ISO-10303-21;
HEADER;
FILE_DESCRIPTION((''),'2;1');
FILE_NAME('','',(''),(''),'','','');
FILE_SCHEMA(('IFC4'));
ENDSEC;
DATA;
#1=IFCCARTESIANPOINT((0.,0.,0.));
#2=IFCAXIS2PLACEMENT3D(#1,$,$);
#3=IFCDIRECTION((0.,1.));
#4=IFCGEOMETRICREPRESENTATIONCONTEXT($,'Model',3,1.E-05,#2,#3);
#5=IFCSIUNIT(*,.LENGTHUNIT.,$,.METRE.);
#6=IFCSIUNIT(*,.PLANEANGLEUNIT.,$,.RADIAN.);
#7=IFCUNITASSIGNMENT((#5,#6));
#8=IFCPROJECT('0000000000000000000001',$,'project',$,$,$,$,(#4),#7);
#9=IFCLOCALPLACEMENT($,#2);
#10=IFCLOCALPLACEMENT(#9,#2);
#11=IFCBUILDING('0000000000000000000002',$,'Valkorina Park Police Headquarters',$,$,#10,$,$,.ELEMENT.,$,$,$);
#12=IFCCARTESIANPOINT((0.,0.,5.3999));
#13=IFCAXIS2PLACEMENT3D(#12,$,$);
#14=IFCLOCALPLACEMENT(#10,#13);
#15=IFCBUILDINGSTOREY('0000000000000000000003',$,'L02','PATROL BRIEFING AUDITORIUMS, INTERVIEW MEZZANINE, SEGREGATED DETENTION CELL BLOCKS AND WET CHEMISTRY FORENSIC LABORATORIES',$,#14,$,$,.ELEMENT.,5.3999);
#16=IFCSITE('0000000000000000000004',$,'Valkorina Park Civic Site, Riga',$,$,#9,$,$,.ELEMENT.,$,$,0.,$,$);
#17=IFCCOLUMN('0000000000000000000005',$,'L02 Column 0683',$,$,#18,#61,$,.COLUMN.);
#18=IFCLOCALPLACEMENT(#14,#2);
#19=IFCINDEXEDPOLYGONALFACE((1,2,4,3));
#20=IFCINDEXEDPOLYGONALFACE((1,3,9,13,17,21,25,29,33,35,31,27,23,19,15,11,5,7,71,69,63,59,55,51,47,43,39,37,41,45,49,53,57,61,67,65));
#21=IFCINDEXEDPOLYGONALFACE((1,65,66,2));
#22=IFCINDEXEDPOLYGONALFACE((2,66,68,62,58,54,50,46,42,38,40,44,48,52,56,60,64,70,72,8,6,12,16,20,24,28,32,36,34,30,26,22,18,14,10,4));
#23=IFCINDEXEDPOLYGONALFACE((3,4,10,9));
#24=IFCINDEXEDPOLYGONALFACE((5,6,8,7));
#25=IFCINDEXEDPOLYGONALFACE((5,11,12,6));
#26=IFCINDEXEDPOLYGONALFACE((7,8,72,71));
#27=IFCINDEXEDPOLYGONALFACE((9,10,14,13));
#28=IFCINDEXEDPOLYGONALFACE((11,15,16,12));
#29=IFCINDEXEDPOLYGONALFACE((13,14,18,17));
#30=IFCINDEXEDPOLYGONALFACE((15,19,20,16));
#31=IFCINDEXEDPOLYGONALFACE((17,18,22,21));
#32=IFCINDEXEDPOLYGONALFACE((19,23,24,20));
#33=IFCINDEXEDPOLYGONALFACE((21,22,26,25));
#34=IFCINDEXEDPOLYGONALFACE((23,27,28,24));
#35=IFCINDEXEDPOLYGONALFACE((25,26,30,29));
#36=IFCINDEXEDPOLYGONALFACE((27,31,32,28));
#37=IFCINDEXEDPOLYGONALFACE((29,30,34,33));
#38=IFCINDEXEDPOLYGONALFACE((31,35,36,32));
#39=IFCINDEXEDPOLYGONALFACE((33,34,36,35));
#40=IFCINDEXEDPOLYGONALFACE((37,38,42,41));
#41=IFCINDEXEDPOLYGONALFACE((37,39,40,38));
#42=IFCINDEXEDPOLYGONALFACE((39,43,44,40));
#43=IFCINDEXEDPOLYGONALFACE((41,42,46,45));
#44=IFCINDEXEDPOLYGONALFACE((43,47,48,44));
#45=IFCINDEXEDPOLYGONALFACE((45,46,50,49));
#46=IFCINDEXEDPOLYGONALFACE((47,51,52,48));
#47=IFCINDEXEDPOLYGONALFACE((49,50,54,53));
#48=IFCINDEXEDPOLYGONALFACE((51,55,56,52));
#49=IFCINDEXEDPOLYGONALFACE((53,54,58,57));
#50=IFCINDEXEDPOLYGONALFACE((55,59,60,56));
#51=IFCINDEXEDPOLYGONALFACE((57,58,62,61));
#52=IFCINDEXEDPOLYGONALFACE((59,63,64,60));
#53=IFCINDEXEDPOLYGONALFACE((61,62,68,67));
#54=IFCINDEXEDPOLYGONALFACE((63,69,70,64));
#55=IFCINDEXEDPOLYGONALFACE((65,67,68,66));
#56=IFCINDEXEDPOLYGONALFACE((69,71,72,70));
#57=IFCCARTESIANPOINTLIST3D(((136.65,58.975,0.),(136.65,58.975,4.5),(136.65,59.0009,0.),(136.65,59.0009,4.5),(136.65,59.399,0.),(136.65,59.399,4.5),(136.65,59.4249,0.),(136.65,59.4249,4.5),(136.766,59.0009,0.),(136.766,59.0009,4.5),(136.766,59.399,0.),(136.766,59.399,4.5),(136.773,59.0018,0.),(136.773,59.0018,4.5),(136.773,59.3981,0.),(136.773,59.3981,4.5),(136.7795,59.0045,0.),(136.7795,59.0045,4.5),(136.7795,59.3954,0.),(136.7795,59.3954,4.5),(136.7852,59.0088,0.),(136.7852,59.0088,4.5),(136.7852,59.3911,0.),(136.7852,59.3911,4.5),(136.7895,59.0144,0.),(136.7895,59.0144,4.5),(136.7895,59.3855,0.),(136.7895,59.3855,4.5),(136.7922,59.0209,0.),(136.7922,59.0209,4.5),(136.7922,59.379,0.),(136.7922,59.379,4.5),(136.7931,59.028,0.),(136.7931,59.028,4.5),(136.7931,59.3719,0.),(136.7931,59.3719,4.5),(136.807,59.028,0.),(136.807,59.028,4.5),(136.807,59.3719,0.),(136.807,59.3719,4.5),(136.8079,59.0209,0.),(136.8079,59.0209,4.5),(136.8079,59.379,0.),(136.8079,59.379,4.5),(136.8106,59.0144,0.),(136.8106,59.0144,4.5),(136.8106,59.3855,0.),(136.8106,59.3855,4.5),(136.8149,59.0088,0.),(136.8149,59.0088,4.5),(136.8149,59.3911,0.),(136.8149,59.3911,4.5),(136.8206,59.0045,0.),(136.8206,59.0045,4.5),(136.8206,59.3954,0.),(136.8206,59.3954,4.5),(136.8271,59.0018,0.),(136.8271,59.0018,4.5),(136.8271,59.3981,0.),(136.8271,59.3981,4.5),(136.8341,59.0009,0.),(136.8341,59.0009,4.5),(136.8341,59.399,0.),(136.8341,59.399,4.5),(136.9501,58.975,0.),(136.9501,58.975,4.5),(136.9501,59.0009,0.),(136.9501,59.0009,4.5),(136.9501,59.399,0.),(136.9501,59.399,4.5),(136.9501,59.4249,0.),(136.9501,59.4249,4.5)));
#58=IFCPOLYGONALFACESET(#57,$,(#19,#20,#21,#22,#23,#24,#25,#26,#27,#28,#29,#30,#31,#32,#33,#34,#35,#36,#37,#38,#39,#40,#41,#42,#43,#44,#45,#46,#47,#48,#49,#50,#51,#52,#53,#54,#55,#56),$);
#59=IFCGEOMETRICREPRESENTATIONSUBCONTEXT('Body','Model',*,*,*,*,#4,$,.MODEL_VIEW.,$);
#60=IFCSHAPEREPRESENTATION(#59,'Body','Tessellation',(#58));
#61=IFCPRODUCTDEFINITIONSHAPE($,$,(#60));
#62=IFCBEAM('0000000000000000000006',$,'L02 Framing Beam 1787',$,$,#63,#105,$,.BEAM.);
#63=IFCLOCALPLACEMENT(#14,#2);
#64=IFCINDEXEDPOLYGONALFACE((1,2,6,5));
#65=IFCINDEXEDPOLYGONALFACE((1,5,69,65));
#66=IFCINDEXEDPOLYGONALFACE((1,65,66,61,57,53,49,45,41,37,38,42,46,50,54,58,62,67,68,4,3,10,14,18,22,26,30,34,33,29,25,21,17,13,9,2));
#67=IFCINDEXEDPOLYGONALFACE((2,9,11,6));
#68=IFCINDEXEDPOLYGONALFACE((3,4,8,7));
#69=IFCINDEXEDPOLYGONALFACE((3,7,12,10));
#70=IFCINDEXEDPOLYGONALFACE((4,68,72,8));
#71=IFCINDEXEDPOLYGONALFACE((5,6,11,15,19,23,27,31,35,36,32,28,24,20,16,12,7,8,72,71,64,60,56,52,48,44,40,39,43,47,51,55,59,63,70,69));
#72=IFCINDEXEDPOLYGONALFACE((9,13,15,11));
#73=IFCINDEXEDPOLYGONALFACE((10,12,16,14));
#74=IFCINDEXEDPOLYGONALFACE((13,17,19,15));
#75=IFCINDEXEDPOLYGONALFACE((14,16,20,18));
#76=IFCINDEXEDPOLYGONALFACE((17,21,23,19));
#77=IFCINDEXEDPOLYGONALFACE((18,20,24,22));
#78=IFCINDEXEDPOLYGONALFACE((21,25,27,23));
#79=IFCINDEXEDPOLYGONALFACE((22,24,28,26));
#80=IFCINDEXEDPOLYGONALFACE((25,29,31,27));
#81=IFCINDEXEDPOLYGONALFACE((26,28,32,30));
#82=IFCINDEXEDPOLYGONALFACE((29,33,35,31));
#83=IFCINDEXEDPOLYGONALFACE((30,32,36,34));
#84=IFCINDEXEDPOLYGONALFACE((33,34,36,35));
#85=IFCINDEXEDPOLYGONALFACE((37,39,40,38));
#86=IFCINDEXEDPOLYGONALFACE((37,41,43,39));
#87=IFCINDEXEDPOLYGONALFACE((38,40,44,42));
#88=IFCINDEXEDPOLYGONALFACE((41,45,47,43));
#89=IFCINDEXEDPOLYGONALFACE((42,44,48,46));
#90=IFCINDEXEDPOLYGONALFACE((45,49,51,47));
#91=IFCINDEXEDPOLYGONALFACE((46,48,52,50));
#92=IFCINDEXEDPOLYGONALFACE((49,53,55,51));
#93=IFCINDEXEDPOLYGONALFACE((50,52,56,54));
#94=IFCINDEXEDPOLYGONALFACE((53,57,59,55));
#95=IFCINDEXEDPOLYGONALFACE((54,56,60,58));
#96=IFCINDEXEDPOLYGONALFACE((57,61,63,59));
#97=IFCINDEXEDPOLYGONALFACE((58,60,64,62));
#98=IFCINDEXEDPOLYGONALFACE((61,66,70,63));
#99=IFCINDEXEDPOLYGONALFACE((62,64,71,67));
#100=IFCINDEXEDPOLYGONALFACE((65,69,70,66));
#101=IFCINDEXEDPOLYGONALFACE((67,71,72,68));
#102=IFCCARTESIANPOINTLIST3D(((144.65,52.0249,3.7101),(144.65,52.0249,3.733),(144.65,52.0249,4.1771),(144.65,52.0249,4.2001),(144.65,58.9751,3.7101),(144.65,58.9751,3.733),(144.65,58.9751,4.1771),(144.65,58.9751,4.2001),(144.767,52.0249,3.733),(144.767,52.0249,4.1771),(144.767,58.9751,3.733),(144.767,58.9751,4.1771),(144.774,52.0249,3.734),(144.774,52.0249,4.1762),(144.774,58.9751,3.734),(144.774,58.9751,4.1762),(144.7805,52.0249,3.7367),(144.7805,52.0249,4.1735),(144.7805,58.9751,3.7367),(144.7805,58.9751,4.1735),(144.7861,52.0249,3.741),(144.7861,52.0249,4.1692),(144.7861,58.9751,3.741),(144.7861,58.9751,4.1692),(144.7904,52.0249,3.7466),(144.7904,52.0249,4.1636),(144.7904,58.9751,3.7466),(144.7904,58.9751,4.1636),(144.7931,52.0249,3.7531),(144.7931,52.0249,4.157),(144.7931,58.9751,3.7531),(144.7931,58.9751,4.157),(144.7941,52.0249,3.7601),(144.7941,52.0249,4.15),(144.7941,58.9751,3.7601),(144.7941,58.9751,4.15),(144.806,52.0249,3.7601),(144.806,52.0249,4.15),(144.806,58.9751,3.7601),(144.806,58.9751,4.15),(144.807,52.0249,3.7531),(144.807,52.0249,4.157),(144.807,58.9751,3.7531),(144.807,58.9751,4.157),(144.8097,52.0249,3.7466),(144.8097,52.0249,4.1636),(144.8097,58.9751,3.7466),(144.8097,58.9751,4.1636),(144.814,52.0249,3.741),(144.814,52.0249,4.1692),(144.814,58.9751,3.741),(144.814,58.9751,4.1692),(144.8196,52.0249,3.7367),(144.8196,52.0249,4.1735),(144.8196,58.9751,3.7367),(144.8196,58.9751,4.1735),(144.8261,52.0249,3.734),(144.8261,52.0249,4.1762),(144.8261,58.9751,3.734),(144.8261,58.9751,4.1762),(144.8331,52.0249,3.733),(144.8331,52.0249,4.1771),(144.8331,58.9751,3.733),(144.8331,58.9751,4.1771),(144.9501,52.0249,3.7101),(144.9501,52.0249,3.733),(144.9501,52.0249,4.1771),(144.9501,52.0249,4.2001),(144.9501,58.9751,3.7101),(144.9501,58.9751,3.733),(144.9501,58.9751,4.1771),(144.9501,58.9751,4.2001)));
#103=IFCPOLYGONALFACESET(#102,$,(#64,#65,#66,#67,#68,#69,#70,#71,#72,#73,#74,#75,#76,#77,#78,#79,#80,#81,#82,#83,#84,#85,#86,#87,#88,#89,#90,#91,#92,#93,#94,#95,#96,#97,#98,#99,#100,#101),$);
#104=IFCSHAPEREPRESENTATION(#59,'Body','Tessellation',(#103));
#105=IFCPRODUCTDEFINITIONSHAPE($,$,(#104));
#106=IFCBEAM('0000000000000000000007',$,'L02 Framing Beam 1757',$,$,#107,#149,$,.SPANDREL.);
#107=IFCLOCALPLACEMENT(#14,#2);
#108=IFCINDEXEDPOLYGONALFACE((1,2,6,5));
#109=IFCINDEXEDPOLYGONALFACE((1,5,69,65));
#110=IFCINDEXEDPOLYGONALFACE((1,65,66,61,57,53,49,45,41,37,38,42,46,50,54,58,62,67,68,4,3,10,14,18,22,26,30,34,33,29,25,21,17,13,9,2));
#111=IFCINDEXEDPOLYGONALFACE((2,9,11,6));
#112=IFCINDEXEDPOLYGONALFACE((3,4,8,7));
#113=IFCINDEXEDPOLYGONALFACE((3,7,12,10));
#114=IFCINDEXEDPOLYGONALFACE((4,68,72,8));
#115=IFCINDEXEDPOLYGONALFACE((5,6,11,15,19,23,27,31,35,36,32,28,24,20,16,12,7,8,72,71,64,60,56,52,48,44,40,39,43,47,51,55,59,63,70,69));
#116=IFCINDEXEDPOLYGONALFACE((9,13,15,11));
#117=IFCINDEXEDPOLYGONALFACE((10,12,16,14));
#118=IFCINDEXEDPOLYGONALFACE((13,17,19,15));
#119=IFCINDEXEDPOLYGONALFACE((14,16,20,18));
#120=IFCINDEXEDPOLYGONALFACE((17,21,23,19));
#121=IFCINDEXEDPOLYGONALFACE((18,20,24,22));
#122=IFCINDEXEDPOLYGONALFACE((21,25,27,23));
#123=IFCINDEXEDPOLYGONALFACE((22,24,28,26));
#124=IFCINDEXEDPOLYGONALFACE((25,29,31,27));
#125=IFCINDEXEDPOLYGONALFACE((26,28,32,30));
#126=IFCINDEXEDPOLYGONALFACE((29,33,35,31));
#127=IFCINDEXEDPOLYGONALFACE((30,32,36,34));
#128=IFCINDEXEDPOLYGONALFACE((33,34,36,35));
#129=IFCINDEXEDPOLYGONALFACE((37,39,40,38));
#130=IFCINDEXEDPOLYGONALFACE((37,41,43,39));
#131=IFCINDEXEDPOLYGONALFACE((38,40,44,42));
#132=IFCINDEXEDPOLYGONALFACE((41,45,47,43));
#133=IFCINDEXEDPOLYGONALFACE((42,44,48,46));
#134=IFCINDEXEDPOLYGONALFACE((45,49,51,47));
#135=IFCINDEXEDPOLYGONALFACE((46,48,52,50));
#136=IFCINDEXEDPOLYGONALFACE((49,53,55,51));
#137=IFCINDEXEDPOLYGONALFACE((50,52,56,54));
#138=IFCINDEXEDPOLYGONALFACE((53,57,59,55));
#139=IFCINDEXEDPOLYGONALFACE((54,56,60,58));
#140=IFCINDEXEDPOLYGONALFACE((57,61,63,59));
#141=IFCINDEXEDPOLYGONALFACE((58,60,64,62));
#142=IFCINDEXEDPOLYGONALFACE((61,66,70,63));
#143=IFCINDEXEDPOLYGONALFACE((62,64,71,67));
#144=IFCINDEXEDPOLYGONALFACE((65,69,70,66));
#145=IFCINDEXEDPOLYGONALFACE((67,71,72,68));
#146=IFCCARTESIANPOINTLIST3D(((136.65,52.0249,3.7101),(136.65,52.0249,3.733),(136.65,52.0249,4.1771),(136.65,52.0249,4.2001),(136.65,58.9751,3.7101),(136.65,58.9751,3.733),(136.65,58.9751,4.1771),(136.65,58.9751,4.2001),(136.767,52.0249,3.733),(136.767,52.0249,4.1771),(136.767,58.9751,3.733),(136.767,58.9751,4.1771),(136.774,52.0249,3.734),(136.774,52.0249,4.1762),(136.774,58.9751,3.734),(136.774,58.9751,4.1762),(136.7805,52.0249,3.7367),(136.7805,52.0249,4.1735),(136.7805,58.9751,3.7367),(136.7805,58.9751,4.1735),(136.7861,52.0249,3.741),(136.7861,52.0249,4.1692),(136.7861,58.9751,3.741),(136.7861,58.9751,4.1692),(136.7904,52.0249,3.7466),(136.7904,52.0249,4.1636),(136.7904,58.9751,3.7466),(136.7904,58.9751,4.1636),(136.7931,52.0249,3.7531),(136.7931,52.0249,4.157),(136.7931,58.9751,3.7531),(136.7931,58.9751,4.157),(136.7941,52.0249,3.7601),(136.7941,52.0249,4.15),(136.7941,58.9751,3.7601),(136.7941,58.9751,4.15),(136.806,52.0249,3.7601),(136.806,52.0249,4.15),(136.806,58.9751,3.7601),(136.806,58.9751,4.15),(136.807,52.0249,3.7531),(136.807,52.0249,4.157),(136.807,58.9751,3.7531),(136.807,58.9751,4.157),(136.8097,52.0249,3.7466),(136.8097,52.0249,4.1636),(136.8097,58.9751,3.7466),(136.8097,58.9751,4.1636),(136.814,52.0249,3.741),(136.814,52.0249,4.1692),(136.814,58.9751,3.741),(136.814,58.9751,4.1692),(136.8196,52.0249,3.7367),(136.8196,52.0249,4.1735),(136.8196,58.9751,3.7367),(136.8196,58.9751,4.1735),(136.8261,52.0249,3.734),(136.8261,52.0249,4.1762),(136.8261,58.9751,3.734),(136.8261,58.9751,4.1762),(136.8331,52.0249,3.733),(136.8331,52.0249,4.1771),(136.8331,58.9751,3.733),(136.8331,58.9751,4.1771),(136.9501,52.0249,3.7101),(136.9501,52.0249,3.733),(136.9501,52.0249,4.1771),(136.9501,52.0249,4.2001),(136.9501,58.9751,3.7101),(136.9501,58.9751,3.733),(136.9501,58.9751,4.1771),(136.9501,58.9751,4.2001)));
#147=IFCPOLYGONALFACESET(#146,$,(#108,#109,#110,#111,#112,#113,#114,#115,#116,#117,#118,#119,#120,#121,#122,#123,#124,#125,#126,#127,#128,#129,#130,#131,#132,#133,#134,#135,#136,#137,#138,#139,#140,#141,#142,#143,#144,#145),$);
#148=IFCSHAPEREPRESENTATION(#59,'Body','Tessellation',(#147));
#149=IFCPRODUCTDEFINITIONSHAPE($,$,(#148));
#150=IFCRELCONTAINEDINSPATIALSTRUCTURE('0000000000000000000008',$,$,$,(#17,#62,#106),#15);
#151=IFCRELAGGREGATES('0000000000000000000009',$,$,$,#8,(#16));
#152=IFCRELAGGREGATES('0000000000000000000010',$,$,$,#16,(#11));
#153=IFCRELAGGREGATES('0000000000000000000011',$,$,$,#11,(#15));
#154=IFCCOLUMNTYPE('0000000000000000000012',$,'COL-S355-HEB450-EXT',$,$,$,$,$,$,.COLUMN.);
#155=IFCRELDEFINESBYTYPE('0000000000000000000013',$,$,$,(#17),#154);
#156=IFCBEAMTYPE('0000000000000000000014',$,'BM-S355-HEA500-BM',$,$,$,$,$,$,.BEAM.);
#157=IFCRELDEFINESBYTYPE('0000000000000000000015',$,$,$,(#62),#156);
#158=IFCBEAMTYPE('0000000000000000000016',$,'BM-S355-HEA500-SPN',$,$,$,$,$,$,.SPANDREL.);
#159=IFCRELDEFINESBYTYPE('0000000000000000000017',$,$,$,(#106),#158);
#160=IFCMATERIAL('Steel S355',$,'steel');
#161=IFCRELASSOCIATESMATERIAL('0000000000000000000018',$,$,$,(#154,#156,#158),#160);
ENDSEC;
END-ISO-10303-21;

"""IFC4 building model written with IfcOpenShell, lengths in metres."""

from ifc_helpers import new_model, si_unit, direction, frame, origin, origin_2d, place, context, subcontext, project, spatial, i_section, extrude, material, material_profile, profile_set, type_object, element, save


model = new_model("IFC4")

# Units and contexts
model_context = context("Model", 3, precision=1e-05, world=origin(), true_north=direction((0.0, 1.0)))
body_context = subcontext(model_context, "Body", "Model", "MODEL_VIEW")
ifc_project = project(units=[si_unit("LENGTHUNIT", "METRE"), si_unit("PLANEANGLEUNIT", "RADIAN")], contexts=[model_context])

# Site, building, storey
site_placement = place(None, origin())
site = spatial("IfcSite", under=ifc_project, at=site_placement, Name="Valkorina Park Civic Site, Riga", CompositionType="ELEMENT", RefElevation=0.0)
building_placement = place(site_placement, origin())
building = spatial("IfcBuilding", under=site, at=building_placement, Name="Valkorina Park Police Headquarters", CompositionType="ELEMENT")
storey_placement = place(building_placement, frame((0.0, 0.0, 5.3999)))
storey = spatial("IfcBuildingStorey", under=building, at=storey_placement, Name="L02", Description="PATROL BRIEFING AUDITORIUMS, INTERVIEW MEZZANINE, SEGREGATED DETENTION CELL BLOCKS AND WET CHEMISTRY FORENSIC LABORATORIES", CompositionType="ELEMENT", Elevation=5.3999)

# Column
ifc_material_1 = material(Name="Steel S355", Category="steel")
ifc_material_profile_1 = material_profile(ifc_material_1, i_section(OverallWidth=0.3, OverallDepth=0.45, WebThickness=0.0139, FlangeThickness=0.0259, FilletRadius=0.0271, at=origin_2d()), Name="HEB 450")
ifc_profile_set_1 = profile_set([ifc_material_profile_1], Name="Steel S355")
column_type = type_object("IfcColumnType", Name="COL-S355-HEB450-EXT", PredefinedType="COLUMN", material=ifc_profile_set_1)
column_placement = place(storey_placement, frame((136.8, 59.2, 0.0), z_axis=(0.0, 0.0, 1.0), x_axis=(1.0, 0.0, 0.0)))
element("IfcColumn", 1, at=column_placement, inside=storey, type_object=column_type, Name="L02 Column 0683", PredefinedType="COLUMN", context=body_context, shape_type="SweptSolid", body=[
    extrude(i_section(OverallWidth=0.3, OverallDepth=0.45, WebThickness=0.0139, FlangeThickness=0.0259, FilletRadius=0.0271, at=origin_2d()), origin(), (0.0, 0.0, 1.0), 4.5),
])

# Beams
ifc_material_profile_2 = material_profile(ifc_material_1, i_section(OverallWidth=0.3, OverallDepth=0.49, WebThickness=0.012, FlangeThickness=0.0229, FilletRadius=0.0271, at=origin_2d()), Name="HEA 500")
ifc_profile_set_2 = profile_set([ifc_material_profile_2], Name="Steel S355")
beam_type_1 = type_object("IfcBeamType", Name="BM-S355-HEA500-BM", PredefinedType="BEAM", material=ifc_profile_set_2)
beam_1_placement = place(storey_placement, frame((144.8, 52.0249, 3.9551), z_axis=(0.0, 1.0, 0.0), x_axis=(-1.0, 0.0, 0.0)))
element("IfcBeam", 2, at=beam_1_placement, inside=storey, type_object=beam_type_1, Name="L02 Framing Beam 1787", PredefinedType="BEAM", context=body_context, shape_type="SweptSolid", body=[
    extrude(i_section(OverallWidth=0.3, OverallDepth=0.49, WebThickness=0.012, FlangeThickness=0.0229, FilletRadius=0.0271, at=origin_2d()), origin(), (0.0, 0.0, 1.0), 6.9502),
])
ifc_material_profile_3 = material_profile(ifc_material_1, i_section(OverallWidth=0.3, OverallDepth=0.49, WebThickness=0.012, FlangeThickness=0.0229, FilletRadius=0.0271, at=origin_2d()), Name="HEA 500")
ifc_profile_set_3 = profile_set([ifc_material_profile_3], Name="Steel S355")
beam_type_2 = type_object("IfcBeamType", Name="BM-S355-HEA500-SPN", PredefinedType="SPANDREL", material=ifc_profile_set_3)
beam_2_placement = place(storey_placement, frame((136.8, 52.0249, 3.9551), z_axis=(0.0, 1.0, 0.0), x_axis=(-1.0, 0.0, 0.0)))
element("IfcBeam", 3, at=beam_2_placement, inside=storey, type_object=beam_type_2, Name="L02 Framing Beam 1757", PredefinedType="SPANDREL", context=body_context, shape_type="SweptSolid", body=[
    extrude(i_section(OverallWidth=0.3, OverallDepth=0.49, WebThickness=0.012, FlangeThickness=0.0229, FilletRadius=0.0271, at=origin_2d()), origin(), (0.0, 0.0, 1.0), 6.9502),
])

save(model, "model.ifc")
